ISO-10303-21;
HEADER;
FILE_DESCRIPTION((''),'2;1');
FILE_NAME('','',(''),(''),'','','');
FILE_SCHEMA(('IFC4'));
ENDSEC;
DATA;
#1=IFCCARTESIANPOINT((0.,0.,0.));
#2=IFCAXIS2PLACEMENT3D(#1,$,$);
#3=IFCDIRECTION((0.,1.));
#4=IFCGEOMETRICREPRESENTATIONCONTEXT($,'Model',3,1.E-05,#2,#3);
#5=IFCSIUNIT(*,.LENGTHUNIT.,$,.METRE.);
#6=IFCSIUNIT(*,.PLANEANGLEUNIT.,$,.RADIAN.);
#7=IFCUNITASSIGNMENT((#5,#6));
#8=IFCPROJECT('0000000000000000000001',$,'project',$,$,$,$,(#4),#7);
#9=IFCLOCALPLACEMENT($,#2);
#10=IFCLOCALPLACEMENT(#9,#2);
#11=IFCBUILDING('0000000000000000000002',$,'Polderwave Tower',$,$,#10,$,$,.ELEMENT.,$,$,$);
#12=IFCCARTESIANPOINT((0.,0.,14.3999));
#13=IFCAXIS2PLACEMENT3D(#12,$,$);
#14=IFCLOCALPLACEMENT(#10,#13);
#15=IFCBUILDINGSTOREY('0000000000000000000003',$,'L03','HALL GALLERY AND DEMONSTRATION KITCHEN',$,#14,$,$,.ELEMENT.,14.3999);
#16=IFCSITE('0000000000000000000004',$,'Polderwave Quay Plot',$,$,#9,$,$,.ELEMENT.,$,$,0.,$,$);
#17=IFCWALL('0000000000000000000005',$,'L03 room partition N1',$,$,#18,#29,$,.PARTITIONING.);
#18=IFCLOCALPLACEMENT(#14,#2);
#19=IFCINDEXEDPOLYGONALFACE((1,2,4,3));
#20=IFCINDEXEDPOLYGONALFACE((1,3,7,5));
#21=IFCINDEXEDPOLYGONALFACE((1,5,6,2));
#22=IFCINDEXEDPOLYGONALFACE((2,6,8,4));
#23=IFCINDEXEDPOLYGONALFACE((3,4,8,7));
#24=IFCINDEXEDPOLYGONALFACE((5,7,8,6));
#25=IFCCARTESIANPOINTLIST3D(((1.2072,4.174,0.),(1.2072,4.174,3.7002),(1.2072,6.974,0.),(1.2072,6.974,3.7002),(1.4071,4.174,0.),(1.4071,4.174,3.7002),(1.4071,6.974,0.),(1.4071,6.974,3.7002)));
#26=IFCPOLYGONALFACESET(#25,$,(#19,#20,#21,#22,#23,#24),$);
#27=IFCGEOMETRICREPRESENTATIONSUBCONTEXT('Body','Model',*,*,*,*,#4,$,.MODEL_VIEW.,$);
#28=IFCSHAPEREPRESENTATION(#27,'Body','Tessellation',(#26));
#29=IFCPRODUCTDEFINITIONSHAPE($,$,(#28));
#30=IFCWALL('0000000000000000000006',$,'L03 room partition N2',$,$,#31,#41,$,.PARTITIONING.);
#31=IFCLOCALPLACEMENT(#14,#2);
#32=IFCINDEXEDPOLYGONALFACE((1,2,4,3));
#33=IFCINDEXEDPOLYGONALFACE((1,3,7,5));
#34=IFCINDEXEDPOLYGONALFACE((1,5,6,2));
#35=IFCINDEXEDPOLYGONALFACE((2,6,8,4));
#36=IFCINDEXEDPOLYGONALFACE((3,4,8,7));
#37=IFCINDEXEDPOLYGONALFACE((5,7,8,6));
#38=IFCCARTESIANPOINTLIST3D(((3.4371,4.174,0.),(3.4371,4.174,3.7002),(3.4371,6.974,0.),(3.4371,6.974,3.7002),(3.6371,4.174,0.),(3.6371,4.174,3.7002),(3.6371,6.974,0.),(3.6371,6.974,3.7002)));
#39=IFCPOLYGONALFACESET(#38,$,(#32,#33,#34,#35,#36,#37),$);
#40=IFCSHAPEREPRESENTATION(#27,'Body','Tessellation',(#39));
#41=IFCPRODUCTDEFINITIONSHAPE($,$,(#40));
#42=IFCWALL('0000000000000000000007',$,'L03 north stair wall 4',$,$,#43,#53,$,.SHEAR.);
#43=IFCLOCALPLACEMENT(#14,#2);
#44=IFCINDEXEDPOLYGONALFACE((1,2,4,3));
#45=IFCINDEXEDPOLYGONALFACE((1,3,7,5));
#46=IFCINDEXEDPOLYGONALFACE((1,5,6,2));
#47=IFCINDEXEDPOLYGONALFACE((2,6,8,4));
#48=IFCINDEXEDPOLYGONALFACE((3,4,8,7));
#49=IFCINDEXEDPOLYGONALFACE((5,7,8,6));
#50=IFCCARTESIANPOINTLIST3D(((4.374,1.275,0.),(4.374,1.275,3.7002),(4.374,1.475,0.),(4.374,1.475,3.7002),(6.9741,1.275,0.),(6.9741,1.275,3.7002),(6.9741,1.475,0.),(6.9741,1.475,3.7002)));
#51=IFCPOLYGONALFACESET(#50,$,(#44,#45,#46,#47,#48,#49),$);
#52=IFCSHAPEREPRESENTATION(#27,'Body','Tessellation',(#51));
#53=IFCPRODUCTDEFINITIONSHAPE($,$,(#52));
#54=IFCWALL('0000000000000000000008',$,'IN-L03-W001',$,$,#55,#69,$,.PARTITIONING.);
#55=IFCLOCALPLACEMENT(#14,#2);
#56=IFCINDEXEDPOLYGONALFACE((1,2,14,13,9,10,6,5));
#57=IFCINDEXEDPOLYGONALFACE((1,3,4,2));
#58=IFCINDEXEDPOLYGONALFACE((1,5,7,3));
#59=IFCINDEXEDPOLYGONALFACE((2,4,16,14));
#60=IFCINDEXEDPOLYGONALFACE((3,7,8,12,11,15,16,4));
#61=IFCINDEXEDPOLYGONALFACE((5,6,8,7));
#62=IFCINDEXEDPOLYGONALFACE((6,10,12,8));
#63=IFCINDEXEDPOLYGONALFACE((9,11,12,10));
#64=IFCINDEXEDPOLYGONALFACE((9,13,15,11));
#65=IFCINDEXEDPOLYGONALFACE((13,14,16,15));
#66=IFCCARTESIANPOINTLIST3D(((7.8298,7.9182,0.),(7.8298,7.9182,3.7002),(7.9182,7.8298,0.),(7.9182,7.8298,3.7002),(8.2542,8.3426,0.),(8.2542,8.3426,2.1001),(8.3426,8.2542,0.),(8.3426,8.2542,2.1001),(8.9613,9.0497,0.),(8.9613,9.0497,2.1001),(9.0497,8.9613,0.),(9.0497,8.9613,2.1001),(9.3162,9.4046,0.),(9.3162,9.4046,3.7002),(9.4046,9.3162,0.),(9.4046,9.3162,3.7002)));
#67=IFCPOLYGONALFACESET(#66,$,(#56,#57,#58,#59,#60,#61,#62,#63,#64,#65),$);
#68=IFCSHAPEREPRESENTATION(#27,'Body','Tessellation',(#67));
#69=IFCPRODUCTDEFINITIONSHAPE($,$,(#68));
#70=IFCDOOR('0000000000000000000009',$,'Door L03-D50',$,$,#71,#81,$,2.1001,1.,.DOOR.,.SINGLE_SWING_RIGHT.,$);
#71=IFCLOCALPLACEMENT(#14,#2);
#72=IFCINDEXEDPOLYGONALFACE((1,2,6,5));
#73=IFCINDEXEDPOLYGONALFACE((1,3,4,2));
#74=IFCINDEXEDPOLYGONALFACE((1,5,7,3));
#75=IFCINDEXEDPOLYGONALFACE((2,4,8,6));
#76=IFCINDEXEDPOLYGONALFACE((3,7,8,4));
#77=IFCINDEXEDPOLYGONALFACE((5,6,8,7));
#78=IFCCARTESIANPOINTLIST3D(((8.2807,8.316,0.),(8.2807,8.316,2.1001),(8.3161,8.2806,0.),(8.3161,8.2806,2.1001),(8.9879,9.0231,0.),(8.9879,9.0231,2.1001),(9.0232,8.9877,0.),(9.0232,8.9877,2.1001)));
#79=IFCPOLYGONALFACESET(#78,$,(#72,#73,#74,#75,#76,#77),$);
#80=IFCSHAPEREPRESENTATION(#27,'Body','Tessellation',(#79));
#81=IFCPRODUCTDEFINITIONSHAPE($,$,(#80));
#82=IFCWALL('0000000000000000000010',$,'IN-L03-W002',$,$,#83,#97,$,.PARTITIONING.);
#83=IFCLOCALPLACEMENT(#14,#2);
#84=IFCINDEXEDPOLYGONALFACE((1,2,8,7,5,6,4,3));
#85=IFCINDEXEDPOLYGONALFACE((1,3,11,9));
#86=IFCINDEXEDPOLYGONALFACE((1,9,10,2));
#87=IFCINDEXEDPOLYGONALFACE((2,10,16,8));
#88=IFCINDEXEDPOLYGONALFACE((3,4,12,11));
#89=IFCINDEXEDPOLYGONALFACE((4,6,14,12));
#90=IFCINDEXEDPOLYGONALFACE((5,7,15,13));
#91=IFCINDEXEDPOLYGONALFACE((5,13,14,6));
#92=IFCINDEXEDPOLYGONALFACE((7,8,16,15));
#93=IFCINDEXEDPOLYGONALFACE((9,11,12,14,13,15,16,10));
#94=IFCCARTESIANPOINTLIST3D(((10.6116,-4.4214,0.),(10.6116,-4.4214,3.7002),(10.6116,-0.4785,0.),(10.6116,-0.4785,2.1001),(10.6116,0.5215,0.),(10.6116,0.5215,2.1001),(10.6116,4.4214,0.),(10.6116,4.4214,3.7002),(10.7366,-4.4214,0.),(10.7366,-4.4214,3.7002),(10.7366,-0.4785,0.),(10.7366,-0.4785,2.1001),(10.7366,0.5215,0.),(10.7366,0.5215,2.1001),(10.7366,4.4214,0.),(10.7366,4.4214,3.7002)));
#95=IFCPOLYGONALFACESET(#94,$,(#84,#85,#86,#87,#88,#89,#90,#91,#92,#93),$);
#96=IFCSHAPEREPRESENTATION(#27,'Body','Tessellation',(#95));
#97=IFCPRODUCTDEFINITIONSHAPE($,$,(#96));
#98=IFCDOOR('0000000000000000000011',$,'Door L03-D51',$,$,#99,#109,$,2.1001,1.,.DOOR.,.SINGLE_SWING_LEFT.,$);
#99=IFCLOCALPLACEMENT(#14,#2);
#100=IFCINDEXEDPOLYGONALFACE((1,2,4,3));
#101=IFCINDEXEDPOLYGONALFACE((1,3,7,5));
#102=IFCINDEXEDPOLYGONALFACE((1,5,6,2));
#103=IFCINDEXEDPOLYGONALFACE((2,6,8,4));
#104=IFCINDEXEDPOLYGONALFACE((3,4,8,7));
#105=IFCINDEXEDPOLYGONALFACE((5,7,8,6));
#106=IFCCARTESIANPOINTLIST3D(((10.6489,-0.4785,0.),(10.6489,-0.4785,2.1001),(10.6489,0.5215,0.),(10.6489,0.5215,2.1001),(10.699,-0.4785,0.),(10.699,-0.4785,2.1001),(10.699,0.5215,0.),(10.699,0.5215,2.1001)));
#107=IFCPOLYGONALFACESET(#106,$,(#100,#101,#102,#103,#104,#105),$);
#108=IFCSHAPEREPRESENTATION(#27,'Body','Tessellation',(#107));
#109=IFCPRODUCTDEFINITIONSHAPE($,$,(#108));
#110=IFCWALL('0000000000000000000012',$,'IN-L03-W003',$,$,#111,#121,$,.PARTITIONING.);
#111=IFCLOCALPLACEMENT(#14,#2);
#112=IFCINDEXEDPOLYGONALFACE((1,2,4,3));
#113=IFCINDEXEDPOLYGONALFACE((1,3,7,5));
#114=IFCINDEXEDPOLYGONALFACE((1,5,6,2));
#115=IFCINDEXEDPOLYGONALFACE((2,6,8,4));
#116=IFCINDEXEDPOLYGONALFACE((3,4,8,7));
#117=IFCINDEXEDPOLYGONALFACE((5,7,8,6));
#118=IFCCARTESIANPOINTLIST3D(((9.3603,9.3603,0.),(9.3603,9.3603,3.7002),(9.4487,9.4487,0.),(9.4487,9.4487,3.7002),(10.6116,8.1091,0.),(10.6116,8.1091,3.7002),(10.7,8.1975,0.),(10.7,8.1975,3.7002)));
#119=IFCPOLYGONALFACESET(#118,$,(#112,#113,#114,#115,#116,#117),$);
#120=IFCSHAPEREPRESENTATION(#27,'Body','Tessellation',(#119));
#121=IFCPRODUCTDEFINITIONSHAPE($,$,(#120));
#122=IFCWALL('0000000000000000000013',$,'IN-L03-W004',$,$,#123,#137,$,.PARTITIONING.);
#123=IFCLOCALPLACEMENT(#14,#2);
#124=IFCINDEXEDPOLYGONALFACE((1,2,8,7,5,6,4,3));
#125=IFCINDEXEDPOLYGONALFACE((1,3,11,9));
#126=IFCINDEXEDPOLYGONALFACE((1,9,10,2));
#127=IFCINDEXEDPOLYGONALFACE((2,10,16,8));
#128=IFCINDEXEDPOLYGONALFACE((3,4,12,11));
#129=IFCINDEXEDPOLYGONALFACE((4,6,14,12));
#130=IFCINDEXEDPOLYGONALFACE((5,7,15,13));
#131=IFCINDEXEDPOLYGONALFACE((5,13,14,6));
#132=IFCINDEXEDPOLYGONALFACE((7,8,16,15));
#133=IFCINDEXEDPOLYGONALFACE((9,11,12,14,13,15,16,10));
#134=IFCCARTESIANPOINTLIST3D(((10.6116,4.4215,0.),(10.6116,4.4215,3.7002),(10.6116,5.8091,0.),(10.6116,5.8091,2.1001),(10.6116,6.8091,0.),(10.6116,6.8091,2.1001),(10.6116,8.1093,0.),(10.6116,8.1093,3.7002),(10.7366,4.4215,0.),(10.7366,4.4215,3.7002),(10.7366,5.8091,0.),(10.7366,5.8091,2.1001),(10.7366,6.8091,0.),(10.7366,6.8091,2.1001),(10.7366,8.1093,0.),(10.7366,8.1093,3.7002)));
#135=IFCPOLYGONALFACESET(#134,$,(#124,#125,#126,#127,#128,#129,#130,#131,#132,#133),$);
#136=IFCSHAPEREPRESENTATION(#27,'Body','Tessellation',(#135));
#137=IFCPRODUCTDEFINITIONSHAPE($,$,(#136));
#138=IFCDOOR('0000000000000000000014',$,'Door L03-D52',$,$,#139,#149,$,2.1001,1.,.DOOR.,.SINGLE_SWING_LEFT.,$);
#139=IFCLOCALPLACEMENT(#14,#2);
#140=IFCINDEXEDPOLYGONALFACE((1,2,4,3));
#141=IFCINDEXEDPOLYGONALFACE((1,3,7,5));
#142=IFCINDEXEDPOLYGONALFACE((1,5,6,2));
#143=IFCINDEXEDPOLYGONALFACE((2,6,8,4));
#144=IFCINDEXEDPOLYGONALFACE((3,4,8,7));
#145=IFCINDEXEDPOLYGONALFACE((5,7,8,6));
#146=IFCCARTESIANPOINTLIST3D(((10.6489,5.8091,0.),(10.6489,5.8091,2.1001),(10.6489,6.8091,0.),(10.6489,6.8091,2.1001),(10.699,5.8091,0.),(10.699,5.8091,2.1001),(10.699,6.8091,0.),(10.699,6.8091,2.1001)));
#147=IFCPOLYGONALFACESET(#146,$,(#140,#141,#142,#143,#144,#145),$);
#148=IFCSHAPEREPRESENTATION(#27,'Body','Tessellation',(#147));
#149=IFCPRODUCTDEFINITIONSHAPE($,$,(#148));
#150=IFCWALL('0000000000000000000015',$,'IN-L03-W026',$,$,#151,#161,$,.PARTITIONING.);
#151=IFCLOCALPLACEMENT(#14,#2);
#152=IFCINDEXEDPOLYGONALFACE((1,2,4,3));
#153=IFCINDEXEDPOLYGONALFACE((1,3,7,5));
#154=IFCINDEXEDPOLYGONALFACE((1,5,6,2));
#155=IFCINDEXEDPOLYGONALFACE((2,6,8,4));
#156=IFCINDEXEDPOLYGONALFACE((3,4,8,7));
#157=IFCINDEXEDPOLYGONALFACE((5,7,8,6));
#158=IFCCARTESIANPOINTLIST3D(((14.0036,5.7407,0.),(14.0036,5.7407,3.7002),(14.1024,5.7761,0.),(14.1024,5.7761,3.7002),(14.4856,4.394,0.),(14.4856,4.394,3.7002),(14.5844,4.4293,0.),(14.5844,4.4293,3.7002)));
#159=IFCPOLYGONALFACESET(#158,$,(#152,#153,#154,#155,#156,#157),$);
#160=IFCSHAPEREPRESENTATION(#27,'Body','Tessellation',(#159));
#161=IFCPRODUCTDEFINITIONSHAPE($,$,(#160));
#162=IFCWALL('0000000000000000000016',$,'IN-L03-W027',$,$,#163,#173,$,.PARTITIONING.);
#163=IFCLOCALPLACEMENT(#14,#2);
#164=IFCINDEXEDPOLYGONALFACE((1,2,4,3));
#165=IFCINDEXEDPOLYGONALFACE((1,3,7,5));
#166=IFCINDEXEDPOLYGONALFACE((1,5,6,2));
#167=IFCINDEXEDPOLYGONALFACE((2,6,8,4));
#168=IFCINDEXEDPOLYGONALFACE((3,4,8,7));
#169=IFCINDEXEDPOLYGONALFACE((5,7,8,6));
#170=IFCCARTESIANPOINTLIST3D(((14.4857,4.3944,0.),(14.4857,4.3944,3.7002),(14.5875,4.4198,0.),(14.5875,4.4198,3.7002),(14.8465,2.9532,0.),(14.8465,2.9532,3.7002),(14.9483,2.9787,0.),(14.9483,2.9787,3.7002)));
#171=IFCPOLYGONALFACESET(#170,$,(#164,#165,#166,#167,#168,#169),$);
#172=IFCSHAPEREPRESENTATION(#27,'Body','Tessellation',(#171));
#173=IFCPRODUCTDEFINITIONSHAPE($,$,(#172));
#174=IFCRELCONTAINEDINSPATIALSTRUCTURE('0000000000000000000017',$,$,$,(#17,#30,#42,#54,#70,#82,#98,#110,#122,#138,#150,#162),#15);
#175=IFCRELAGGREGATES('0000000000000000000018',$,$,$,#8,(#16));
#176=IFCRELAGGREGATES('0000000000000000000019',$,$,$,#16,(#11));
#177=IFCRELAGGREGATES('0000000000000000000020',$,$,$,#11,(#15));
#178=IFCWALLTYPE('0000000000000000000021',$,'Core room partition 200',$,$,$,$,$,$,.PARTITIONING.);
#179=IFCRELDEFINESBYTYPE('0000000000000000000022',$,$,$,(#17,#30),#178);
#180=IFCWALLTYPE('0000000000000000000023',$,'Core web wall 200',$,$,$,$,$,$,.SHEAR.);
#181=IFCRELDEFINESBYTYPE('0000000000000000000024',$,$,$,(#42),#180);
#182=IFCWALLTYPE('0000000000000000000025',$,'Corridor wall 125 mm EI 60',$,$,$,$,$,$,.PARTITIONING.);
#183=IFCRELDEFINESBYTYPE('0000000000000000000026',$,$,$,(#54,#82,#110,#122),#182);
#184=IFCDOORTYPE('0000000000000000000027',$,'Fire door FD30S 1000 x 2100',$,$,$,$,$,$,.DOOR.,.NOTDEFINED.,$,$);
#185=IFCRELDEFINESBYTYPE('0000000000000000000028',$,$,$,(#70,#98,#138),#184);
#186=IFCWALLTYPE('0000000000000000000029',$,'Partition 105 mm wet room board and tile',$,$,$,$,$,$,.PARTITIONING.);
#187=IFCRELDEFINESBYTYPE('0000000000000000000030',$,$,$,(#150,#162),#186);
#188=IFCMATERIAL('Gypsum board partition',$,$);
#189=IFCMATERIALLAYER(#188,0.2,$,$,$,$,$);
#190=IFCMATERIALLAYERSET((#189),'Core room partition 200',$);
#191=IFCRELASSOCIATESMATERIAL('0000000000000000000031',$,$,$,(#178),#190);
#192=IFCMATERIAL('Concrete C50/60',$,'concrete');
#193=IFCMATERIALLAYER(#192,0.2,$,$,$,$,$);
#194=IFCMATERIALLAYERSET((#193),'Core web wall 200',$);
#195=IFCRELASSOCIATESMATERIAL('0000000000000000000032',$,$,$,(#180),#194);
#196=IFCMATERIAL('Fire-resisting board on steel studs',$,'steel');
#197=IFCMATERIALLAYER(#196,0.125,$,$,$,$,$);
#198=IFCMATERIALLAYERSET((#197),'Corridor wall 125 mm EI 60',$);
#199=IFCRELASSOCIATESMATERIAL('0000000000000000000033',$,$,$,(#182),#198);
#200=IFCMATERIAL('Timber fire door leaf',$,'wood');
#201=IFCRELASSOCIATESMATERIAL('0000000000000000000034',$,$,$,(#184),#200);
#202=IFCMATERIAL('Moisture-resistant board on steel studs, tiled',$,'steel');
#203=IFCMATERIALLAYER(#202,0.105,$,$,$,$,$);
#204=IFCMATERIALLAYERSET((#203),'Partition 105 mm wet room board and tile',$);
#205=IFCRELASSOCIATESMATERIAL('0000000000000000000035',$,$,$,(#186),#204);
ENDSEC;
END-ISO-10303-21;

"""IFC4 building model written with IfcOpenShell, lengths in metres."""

from ifc_helpers import new_model, si_unit, direction, frame, frame_2d, origin, place, context, subcontext, project, spatial, rectangle, extrude, material, layer, layer_set, type_object, element, fill, save


model = new_model("IFC4")

# Units and contexts
model_context = context("Model", 3, precision=1e-05, world=origin(), true_north=direction((0.0, 1.0)))
body_context = subcontext(model_context, "Body", "Model", "MODEL_VIEW")
ifc_project = project(units=[si_unit("LENGTHUNIT", "METRE"), si_unit("PLANEANGLEUNIT", "RADIAN")], contexts=[model_context])

# Site, building, storey
site_placement = place(None, origin())
site = spatial("IfcSite", under=ifc_project, at=site_placement, Name="Polderwave Quay Plot", CompositionType="ELEMENT", RefElevation=0.0)
building_placement = place(site_placement, origin())
building = spatial("IfcBuilding", under=site, at=building_placement, Name="Polderwave Tower", CompositionType="ELEMENT")
storey_placement = place(building_placement, frame((0.0, 0.0, 14.3999)))
storey = spatial("IfcBuildingStorey", under=building, at=storey_placement, Name="L03", Description="HALL GALLERY AND DEMONSTRATION KITCHEN", CompositionType="ELEMENT", Elevation=14.3999)

# Walls
ifc_material_1 = material(Name="Gypsum board partition")
ifc_layer_1 = layer(ifc_material_1, 0.2)
ifc_layer_set_1 = layer_set([ifc_layer_1], Name="Core room partition 200")
wall_type_1 = type_object("IfcWallType", Name="Core room partition 200", PredefinedType="PARTITIONING", material=ifc_layer_set_1)
for number, where, z_axis, x_axis, name in (
    (1, (1.3071, 4.1741, 0.0), (0.0, 0.0, 1.0), (0.0, 1.0, 0.0), "L03 room partition N1"),
    (2, (3.5371, 4.1741, 0.0), (0.0, 0.0, 1.0), (0.0, 1.0, 0.0), "L03 room partition N2"),
):
    element("IfcWall", number, at=place(storey_placement, frame(where, z_axis=z_axis, x_axis=x_axis)), inside=storey, type_object=wall_type_1, Name=name, PredefinedType="PARTITIONING", context=body_context, shape_type="SweptSolid", body=[
        extrude(rectangle(XDim=2.8, YDim=0.2, at=frame_2d((1.3999, 0.0))), origin(), (0.0, 0.0, 1.0), 3.7002),
    ])
ifc_material_2 = material(Name="Concrete C50/60", Category="concrete")
ifc_layer_2 = layer(ifc_material_2, 0.2)
ifc_layer_set_2 = layer_set([ifc_layer_2], Name="Core web wall 200")
wall_type_2 = type_object("IfcWallType", Name="Core web wall 200", PredefinedType="SHEAR", material=ifc_layer_set_2)
wall_1_placement = place(storey_placement, frame((4.374, 1.375, 0.0), z_axis=(0.0, 0.0, 1.0), x_axis=(1.0, 0.0, 0.0)))
element("IfcWall", 3, at=wall_1_placement, inside=storey, type_object=wall_type_2, Name="L03 north stair wall 4", PredefinedType="SHEAR", context=body_context, shape_type="SweptSolid", body=[
    extrude(rectangle(XDim=2.6001, YDim=0.2, at=frame_2d((1.3, 0.0))), origin(), (0.0, 0.0, 1.0), 3.7002),
])

# Walls, openings, doors
ifc_material_3 = material(Name="Fire-resisting board on steel studs", Category="steel")
ifc_layer_3 = layer(ifc_material_3, 0.125)
ifc_layer_set_3 = layer_set([ifc_layer_3], Name="Corridor wall 125 mm EI 60")
wall_type_3 = type_object("IfcWallType", Name="Corridor wall 125 mm EI 60", PredefinedType="PARTITIONING", material=ifc_layer_set_3)
wall_2_placement = place(storey_placement, frame((7.874, 7.874, 0.0), z_axis=(0.0, 0.0, 1.0), x_axis=(0.707107, 0.707107, 0.0)))
wall_2 = element("IfcWall", 4, at=wall_2_placement, inside=storey, type_object=wall_type_3, Name="IN-L03-W001", PredefinedType="PARTITIONING", context=body_context, shape_type="SweptSolid", body=[
    extrude(rectangle(XDim=2.1021, YDim=0.125, at=frame_2d((1.051, 0.0))), origin(), (0.0, 0.0, 1.0), 3.7002),
])
opening_1_placement = place(wall_2_placement, frame((0.6001, 0.0, 0.0)))
opening_1 = element("IfcOpeningElement", 5, at=opening_1_placement, cuts=wall_2, PredefinedType="OPENING", context=body_context, shape_type="SweptSolid", body=[
    extrude(rectangle(XDim=1.0, YDim=2.1001, at=frame_2d((0.5, 1.05))), frame((0.0, 0.0725, 0.0), z_axis=(0.0, -1.0, 0.0), x_axis=(1.0, 0.0, 0.0)), (0.0, 0.0, 1.0), 0.145),
])
ifc_material_4 = material(Name="Timber fire door leaf", Category="wood")
door_type = type_object("IfcDoorType", Name="Fire door FD30S 1000 x 2100", OperationType="NOTDEFINED", PredefinedType="DOOR", material=ifc_material_4)
door_1_placement = place(opening_1_placement, origin())
door_1 = element("IfcDoor", 6, at=door_1_placement, inside=storey, type_object=door_type, Name="Door L03-D50", OperationType="SINGLE_SWING_RIGHT", OverallHeight=2.1001, OverallWidth=1.0, PredefinedType="DOOR", context=body_context, shape_type="SweptSolid", body=[
    extrude(rectangle(XDim=1.0, YDim=2.1001, at=frame_2d((0.5, 1.05))), frame((0.0, 0.0249, 0.0), z_axis=(0.0, -1.0, 0.0), x_axis=(1.0, 0.0, 0.0)), (0.0, 0.0, 1.0), 0.05),
])
fill(opening_1, door_1)
wall_3_placement = place(storey_placement, frame((10.6741, 4.4214, 0.0), z_axis=(0.0, 0.0, 1.0), x_axis=(0.0, -1.0, 0.0)))
wall_3 = element("IfcWall", 7, at=wall_3_placement, inside=storey, type_object=wall_type_3, Name="IN-L03-W002", PredefinedType="PARTITIONING", context=body_context, shape_type="SweptSolid", body=[
    extrude(rectangle(XDim=8.8428, YDim=0.125, at=frame_2d((4.4214, 0.0))), origin(), (0.0, 0.0, 1.0), 3.7002),
])
opening_2_placement = place(wall_3_placement, frame((3.8999, 0.0, 0.0)))
opening_2 = element("IfcOpeningElement", 8, at=opening_2_placement, cuts=wall_3, PredefinedType="OPENING", context=body_context, shape_type="SweptSolid", body=[
    extrude(rectangle(XDim=1.0, YDim=2.1001, at=frame_2d((0.5, 1.05))), frame((0.0, 0.0725, 0.0), z_axis=(0.0, -1.0, 0.0), x_axis=(1.0, 0.0, 0.0)), (0.0, 0.0, 1.0), 0.145),
])
door_2_placement = place(opening_2_placement, origin())
door_2 = element("IfcDoor", 9, at=door_2_placement, inside=storey, type_object=door_type, Name="Door L03-D51", OperationType="SINGLE_SWING_LEFT", OverallHeight=2.1001, OverallWidth=1.0, PredefinedType="DOOR", context=body_context, shape_type="SweptSolid", body=[
    extrude(rectangle(XDim=1.0, YDim=2.1001, at=frame_2d((0.5, 1.05))), frame((0.0, 0.0249, 0.0), z_axis=(0.0, -1.0, 0.0), x_axis=(1.0, 0.0, 0.0)), (0.0, 0.0, 1.0), 0.05),
])
fill(opening_2, door_2)

# Wall
wall_4_placement = place(storey_placement, frame((9.4045, 9.4045, 0.0), z_axis=(0.0, 0.0, 1.0), x_axis=(0.707107, -0.707107, 0.0)))
element("IfcWall", 10, at=wall_4_placement, inside=storey, type_object=wall_type_3, Name="IN-L03-W003", PredefinedType="PARTITIONING", context=body_context, shape_type="SweptSolid", body=[
    extrude(rectangle(XDim=1.7695, YDim=0.125, at=frame_2d((0.8848, 0.0))), origin(), (0.0, 0.0, 1.0), 3.7002),
])

# Wall, opening, door
wall_5_placement = place(storey_placement, frame((10.6741, 8.1091, 0.0), z_axis=(0.0, 0.0, 1.0), x_axis=(0.0, -1.0, 0.0)))
wall_5 = element("IfcWall", 11, at=wall_5_placement, inside=storey, type_object=wall_type_3, Name="IN-L03-W004", PredefinedType="PARTITIONING", context=body_context, shape_type="SweptSolid", body=[
    extrude(rectangle(XDim=3.6877, YDim=0.125, at=frame_2d((1.8438, 0.0))), origin(), (0.0, 0.0, 1.0), 3.7002),
])
opening_3_placement = place(wall_5_placement, frame((1.3, 0.0, 0.0)))
opening_3 = element("IfcOpeningElement", 12, at=opening_3_placement, cuts=wall_5, PredefinedType="OPENING", context=body_context, shape_type="SweptSolid", body=[
    extrude(rectangle(XDim=1.0, YDim=2.1001, at=frame_2d((0.5, 1.05))), frame((0.0, 0.0725, 0.0), z_axis=(0.0, -1.0, 0.0), x_axis=(1.0, 0.0, 0.0)), (0.0, 0.0, 1.0), 0.145),
])
door_3_placement = place(opening_3_placement, origin())
door_3 = element("IfcDoor", 13, at=door_3_placement, inside=storey, type_object=door_type, Name="Door L03-D52", OperationType="SINGLE_SWING_LEFT", OverallHeight=2.1001, OverallWidth=1.0, PredefinedType="DOOR", context=body_context, shape_type="SweptSolid", body=[
    extrude(rectangle(XDim=1.0, YDim=2.1001, at=frame_2d((0.5, 1.05))), frame((0.0, 0.0249, 0.0), z_axis=(0.0, -1.0, 0.0), x_axis=(1.0, 0.0, 0.0)), (0.0, 0.0, 1.0), 0.05),
])
fill(opening_3, door_3)

# Walls
ifc_material_5 = material(Name="Moisture-resistant board on steel studs, tiled", Category="steel")
ifc_layer_4 = layer(ifc_material_5, 0.105)
ifc_layer_set_4 = layer_set([ifc_layer_4], Name="Partition 105 mm wet room board and tile")
wall_type_4 = type_object("IfcWallType", Name="Partition 105 mm wet room board and tile", PredefinedType="PARTITIONING", material=ifc_layer_set_4)
wall_6_placement = place(storey_placement, frame((14.053, 5.7585, 0.0), z_axis=(0.0, 0.0, 1.0), x_axis=(0.336942, -0.941525, 0.0)))
element("IfcWall", 14, at=wall_6_placement, inside=storey, type_object=wall_type_4, Name="IN-L03-W026", PredefinedType="PARTITIONING", context=body_context, shape_type="SweptSolid", body=[
    extrude(rectangle(XDim=1.4304, YDim=0.105, at=frame_2d((0.7153, 0.0))), origin(), (0.0, 0.0, 1.0), 3.7002),
])
for number, where, z_axis, x_axis, name in (
    (15, (14.5366, 4.407, 0.0), (0.0, 0.0, 1.0), (0.242884, -0.970055, 0.0), "IN-L03-W027"),
):
    element("IfcWall", number, at=place(storey_placement, frame(where, z_axis=z_axis, x_axis=x_axis)), inside=storey, type_object=wall_type_4, Name=name, PredefinedType="PARTITIONING", context=body_context, shape_type="SweptSolid", body=[
        extrude(rectangle(XDim=1.4856, YDim=0.105, at=frame_2d((0.7427, 0.0))), origin(), (0.0, 0.0, 1.0), 3.7002),
    ])

save(model, "model.ifc")
